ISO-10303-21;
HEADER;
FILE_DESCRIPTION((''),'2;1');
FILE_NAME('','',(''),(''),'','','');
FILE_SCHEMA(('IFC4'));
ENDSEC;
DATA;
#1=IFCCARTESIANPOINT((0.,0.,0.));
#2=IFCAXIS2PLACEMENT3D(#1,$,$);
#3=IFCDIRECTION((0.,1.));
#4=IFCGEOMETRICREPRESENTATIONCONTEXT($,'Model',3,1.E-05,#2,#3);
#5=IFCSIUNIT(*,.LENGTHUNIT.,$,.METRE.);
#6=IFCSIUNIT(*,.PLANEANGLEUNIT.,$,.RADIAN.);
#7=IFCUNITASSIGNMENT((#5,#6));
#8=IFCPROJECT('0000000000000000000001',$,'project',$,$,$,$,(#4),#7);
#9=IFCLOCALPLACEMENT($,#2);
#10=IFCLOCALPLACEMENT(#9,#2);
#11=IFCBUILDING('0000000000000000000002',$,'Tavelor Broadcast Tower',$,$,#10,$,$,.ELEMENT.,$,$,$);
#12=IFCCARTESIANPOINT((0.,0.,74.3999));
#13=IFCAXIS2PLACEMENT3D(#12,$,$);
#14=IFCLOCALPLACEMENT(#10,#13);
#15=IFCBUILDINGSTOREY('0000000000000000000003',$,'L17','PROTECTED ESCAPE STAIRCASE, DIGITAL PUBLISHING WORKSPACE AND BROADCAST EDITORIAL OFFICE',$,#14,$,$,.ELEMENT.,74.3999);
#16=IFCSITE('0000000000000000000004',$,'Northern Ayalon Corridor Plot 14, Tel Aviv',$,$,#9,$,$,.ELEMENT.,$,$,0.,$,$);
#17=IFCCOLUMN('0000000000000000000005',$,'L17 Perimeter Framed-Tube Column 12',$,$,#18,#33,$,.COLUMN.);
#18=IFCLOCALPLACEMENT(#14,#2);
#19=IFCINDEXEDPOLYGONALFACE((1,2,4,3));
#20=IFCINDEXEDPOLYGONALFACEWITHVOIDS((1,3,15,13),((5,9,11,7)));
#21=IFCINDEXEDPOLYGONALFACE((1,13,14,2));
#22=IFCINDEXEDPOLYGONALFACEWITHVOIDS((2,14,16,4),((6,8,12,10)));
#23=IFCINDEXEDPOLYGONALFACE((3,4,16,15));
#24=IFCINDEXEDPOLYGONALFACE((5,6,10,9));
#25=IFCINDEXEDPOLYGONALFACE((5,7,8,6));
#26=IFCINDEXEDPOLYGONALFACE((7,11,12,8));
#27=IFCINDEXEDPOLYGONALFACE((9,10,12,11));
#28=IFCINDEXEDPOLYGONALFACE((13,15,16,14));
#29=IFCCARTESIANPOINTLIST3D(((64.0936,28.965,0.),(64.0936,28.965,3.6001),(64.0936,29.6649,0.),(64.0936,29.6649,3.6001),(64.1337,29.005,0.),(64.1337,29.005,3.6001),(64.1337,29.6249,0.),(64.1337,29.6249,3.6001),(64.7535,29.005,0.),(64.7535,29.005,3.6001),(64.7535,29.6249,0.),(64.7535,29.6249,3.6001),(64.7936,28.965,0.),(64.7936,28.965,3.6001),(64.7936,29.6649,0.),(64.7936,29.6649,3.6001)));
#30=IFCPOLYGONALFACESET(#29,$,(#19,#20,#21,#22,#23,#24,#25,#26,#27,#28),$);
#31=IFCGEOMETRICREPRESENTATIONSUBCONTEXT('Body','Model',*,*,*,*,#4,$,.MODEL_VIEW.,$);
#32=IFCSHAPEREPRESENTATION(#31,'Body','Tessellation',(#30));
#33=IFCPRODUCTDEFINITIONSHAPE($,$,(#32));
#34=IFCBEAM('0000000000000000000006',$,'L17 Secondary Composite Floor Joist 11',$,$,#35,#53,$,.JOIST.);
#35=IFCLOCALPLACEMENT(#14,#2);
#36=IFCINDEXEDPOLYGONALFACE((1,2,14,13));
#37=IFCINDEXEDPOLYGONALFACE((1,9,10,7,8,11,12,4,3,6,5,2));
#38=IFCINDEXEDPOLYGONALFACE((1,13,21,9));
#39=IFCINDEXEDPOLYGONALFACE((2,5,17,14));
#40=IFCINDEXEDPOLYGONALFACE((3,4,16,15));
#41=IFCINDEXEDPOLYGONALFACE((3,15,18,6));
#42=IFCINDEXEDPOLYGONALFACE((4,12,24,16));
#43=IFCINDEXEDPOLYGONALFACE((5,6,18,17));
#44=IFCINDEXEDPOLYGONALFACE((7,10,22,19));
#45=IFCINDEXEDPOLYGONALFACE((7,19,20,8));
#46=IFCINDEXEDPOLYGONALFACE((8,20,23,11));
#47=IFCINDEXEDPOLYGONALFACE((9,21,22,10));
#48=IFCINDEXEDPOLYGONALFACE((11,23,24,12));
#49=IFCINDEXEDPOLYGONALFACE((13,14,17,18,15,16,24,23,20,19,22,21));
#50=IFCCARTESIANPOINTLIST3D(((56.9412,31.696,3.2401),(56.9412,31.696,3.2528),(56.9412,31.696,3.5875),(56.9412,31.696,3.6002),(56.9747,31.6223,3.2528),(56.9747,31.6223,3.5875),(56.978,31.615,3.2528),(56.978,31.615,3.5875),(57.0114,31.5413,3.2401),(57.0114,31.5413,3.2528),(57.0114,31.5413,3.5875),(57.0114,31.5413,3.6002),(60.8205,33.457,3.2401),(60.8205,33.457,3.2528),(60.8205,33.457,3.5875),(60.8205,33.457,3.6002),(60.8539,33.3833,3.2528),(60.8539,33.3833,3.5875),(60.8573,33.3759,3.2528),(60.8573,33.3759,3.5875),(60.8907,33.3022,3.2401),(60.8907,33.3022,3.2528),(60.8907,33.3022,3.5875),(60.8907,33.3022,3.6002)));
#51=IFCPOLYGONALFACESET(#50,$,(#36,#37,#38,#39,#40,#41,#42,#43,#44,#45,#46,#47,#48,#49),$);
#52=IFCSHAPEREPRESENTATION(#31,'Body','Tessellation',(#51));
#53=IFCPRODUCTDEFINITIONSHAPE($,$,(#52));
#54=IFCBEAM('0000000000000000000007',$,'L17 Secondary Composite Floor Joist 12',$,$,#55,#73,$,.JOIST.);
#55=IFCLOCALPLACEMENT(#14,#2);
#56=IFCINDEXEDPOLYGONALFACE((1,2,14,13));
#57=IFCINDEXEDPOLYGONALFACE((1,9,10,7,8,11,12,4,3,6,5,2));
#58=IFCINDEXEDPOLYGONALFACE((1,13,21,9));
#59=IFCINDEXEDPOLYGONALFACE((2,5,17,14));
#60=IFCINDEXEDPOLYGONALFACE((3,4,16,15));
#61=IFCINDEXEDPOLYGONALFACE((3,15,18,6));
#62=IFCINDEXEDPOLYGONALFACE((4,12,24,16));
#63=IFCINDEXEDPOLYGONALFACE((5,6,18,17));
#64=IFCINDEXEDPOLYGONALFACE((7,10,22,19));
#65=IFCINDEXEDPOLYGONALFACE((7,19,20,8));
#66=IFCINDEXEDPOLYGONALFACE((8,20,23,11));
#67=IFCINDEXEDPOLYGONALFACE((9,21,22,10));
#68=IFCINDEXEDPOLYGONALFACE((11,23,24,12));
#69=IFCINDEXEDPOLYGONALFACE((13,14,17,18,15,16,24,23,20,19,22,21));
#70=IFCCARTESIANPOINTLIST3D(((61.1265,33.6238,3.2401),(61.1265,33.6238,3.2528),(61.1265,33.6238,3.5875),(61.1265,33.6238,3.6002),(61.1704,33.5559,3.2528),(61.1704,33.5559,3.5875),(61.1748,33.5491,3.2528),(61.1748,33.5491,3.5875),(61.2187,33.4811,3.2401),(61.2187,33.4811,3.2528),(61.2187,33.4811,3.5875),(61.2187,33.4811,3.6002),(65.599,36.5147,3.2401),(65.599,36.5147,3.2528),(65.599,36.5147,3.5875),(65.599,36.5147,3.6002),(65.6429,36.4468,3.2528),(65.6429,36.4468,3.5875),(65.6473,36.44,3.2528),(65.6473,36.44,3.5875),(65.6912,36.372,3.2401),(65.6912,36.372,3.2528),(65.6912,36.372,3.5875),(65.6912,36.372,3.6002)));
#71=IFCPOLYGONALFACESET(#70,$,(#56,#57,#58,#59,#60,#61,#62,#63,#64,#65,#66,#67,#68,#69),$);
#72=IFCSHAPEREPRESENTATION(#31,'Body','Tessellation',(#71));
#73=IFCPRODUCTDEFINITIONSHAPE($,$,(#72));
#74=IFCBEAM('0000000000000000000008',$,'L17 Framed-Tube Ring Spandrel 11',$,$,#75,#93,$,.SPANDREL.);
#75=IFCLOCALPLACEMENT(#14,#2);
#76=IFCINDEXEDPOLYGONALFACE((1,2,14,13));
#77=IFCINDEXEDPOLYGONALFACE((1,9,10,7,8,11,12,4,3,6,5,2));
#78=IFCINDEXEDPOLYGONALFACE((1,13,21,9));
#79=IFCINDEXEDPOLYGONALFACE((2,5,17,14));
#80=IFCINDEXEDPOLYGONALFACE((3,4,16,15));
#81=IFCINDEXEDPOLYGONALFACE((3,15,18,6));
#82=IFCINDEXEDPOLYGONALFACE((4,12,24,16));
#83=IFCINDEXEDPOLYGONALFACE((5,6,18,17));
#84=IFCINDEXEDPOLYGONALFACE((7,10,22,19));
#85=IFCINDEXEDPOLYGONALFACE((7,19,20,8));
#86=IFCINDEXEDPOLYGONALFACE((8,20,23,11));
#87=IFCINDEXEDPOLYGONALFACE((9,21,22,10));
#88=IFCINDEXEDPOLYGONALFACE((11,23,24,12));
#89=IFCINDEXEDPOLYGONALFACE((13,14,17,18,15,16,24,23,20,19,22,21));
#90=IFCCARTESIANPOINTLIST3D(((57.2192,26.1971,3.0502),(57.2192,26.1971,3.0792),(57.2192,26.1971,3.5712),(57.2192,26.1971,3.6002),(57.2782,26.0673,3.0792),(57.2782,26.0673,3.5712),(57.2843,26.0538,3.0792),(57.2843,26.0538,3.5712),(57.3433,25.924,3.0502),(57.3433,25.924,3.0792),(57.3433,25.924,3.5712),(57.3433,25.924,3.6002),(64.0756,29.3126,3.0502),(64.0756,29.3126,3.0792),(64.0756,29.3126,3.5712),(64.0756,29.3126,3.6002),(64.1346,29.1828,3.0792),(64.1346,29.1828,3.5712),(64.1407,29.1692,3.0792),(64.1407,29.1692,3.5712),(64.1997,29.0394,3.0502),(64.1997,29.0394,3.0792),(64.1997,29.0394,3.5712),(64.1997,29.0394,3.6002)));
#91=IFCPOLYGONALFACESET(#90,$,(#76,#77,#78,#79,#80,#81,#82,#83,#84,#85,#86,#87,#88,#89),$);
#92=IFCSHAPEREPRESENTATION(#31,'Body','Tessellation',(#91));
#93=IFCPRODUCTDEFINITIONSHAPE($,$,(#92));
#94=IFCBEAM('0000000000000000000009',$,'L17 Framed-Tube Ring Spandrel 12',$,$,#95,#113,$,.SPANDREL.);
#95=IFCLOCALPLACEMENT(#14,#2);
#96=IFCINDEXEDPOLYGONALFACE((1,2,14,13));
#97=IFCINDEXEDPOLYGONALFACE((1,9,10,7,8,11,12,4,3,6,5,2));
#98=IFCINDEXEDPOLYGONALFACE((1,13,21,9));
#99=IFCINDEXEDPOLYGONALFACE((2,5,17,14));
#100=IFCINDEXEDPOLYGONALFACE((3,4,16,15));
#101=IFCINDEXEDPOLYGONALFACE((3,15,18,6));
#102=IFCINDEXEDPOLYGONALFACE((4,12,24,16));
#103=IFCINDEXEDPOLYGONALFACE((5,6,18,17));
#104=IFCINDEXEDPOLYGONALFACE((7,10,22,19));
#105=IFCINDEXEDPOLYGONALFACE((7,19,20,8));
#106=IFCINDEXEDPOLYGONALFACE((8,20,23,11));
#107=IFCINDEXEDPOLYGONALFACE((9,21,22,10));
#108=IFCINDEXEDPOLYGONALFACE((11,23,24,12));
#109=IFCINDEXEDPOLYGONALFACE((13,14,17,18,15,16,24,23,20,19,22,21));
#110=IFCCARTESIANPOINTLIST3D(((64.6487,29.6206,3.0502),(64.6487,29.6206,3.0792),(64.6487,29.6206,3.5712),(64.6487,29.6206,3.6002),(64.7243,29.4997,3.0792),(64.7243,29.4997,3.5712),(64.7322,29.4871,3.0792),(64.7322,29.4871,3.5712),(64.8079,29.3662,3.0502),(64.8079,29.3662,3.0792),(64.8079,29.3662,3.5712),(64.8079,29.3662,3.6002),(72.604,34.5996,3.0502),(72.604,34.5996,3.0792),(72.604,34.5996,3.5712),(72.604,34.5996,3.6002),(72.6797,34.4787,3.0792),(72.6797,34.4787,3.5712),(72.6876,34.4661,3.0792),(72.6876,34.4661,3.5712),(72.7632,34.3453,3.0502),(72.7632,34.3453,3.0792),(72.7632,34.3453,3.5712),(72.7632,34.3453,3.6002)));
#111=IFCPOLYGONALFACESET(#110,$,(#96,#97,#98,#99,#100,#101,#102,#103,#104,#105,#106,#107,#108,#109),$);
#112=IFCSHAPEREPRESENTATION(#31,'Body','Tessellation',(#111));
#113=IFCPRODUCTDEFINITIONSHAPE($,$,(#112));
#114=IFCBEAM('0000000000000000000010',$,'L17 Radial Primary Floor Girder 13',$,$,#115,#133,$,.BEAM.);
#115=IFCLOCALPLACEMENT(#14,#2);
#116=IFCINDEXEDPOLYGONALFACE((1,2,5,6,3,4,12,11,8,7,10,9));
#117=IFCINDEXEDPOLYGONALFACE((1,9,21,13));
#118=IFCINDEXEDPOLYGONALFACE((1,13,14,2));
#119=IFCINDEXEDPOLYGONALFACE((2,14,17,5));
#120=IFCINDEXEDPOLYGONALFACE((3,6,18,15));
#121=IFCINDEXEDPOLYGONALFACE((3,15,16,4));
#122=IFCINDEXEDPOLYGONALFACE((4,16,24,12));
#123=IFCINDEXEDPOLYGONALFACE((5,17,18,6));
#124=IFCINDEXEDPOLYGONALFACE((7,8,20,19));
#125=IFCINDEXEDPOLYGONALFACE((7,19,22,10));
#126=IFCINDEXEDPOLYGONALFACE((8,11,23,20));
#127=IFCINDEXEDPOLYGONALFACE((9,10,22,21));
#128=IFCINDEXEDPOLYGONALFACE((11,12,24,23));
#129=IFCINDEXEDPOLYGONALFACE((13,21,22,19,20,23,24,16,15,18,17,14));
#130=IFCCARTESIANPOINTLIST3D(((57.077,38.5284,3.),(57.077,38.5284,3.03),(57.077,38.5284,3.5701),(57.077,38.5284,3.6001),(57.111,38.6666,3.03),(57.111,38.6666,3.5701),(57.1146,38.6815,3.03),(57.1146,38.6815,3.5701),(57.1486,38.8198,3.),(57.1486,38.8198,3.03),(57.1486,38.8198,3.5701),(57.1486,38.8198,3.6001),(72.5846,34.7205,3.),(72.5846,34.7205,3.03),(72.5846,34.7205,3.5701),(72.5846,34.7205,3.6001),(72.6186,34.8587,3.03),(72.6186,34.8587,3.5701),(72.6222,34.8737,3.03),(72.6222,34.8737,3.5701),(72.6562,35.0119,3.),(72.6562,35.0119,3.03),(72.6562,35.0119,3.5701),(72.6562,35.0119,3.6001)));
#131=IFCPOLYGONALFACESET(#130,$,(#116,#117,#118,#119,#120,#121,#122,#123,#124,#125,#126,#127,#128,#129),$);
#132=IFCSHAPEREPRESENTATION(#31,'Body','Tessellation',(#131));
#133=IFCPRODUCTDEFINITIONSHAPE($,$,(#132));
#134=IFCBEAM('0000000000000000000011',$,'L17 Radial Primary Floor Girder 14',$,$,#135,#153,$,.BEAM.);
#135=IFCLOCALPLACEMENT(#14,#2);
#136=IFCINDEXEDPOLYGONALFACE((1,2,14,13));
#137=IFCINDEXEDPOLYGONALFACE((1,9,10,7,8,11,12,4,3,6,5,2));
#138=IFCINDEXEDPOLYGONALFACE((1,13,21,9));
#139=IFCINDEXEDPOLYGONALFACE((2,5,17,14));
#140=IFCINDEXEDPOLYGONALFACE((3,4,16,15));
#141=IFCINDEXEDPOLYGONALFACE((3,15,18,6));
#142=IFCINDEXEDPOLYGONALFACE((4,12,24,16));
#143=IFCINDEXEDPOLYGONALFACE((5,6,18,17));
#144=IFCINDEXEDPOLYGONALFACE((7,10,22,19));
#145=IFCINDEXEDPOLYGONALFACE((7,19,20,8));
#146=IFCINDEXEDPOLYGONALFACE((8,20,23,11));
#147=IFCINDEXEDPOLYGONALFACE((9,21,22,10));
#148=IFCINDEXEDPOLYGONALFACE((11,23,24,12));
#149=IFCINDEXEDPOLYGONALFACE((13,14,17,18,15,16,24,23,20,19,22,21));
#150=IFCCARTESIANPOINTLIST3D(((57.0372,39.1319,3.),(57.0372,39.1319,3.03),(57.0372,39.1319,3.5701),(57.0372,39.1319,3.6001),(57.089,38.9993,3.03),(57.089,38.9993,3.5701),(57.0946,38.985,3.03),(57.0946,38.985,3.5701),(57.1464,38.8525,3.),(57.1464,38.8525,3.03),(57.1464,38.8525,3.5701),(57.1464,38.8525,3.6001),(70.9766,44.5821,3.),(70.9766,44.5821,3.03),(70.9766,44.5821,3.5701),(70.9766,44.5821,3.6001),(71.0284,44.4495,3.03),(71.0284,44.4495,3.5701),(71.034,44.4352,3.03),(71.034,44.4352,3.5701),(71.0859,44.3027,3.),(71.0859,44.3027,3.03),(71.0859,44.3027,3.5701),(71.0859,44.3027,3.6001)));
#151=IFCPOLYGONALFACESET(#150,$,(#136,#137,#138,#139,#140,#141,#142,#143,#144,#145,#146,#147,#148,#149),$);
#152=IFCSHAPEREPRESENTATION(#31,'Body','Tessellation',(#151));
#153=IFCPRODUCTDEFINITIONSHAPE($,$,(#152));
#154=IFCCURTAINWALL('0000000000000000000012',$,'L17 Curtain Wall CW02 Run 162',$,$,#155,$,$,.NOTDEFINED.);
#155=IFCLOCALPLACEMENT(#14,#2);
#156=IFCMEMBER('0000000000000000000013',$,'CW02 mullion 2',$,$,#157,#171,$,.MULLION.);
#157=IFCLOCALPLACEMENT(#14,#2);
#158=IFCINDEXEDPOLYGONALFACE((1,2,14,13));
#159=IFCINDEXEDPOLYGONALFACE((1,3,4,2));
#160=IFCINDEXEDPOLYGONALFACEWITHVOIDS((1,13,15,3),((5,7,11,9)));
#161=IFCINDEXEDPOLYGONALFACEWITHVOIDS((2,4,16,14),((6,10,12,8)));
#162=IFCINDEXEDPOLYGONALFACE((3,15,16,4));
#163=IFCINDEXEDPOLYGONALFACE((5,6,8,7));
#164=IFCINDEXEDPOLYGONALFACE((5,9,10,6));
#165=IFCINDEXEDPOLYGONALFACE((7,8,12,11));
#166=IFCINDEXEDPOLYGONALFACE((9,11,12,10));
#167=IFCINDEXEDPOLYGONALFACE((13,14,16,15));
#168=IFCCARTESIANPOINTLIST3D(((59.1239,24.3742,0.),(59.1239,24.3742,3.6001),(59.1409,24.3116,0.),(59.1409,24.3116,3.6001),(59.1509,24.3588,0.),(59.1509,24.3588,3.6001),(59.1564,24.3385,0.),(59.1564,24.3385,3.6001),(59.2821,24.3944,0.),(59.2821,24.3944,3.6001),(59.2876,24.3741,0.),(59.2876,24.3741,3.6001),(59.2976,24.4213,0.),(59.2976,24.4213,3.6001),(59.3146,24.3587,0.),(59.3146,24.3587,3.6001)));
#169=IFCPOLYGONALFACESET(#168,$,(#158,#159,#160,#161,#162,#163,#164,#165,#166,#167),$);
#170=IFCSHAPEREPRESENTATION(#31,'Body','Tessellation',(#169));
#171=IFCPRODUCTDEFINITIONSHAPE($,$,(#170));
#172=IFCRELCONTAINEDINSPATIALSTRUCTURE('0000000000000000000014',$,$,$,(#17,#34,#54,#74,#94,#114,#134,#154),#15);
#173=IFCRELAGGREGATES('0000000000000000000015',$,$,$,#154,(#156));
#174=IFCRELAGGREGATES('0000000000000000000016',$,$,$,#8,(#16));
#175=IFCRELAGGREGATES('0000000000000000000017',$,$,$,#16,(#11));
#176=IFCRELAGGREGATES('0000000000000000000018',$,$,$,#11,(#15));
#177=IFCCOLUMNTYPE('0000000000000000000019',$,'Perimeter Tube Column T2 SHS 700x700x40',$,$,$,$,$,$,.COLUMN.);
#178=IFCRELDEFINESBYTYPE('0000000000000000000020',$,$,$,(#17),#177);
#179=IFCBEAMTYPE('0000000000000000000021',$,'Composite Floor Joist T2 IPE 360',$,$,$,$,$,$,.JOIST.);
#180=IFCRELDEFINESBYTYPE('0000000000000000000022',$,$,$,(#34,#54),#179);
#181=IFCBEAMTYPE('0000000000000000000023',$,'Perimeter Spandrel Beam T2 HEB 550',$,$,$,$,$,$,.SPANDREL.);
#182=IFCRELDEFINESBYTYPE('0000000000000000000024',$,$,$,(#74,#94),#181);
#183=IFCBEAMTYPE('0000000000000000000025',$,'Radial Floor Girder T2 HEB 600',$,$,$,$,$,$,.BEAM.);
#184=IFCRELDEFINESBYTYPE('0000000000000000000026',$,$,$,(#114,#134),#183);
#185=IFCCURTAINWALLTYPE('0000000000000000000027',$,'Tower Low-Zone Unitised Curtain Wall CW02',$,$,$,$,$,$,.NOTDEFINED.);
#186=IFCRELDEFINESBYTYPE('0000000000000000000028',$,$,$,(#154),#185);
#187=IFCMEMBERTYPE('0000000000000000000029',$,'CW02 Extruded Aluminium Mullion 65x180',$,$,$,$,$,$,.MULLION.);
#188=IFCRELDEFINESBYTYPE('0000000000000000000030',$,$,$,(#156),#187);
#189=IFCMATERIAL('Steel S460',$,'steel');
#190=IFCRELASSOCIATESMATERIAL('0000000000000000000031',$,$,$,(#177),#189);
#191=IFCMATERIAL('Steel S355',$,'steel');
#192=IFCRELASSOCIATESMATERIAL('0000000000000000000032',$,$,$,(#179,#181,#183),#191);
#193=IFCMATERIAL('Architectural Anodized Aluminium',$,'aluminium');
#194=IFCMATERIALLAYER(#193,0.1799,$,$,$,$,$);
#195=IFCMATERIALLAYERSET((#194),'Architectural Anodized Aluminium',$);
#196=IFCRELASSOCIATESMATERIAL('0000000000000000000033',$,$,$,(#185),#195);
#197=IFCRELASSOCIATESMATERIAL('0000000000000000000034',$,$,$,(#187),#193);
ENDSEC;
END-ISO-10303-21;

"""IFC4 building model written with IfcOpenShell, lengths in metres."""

from ifc_helpers import new_model, si_unit, direction, frame, origin, origin_2d, place, context, subcontext, project, spatial, hollow_rectangle, i_section, extrude, source, transform, mapped, material, layer, layer_set, material_profile, profile_set, type_object, type_shapes, element, aggregate, save


model = new_model("IFC4")

# Units and contexts
model_context = context("Model", 3, precision=1e-05, world=origin(), true_north=direction((0.0, 1.0)))
body_context = subcontext(model_context, "Body", "Model", "MODEL_VIEW")
ifc_project = project(units=[si_unit("LENGTHUNIT", "METRE"), si_unit("PLANEANGLEUNIT", "RADIAN")], contexts=[model_context])

# Site, building, storey
site_placement = place(None, origin())
site = spatial("IfcSite", under=ifc_project, at=site_placement, Name="Northern Ayalon Corridor Plot 14, Tel Aviv", CompositionType="ELEMENT", RefElevation=0.0)
building_placement = place(site_placement, origin())
building = spatial("IfcBuilding", under=site, at=building_placement, Name="Tavelor Broadcast Tower", CompositionType="ELEMENT")
storey_placement = place(building_placement, frame((0.0, 0.0, 74.3999)))
storey = spatial("IfcBuildingStorey", under=building, at=storey_placement, Name="L17", Description="PROTECTED ESCAPE STAIRCASE, DIGITAL PUBLISHING WORKSPACE AND BROADCAST EDITORIAL OFFICE", CompositionType="ELEMENT", Elevation=74.3999)

# Column
ifc_material_1 = material(Name="Steel S460", Category="steel")
ifc_material_profile_1 = material_profile(ifc_material_1, hollow_rectangle(XDim=0.7, YDim=0.7, WallThickness=0.04, at=origin_2d()), Name="SHS 700x700x40")
ifc_profile_set_1 = profile_set([ifc_material_profile_1], Name="Steel S460")
column_type = type_object("IfcColumnType", Name="Perimeter Tube Column T2 SHS 700x700x40", PredefinedType="COLUMN", material=ifc_profile_set_1)
column_placement = place(storey_placement, frame((64.4436, 29.3149, 0.0), z_axis=(0.0, 0.0, 1.0), x_axis=(1.0, 0.0, 0.0)))
element("IfcColumn", 1, at=column_placement, inside=storey, type_object=column_type, Name="L17 Perimeter Framed-Tube Column 12", PredefinedType="COLUMN", context=body_context, shape_type="SweptSolid", body=[
    extrude(hollow_rectangle(XDim=0.7, YDim=0.7, WallThickness=0.04, at=origin_2d()), origin(), (0.0, 0.0, 1.0), 3.6001),
])

# Beams
ifc_material_2 = material(Name="Steel S355", Category="steel")
ifc_material_profile_2 = material_profile(ifc_material_2, i_section(OverallWidth=0.1699, OverallDepth=0.3601, WebThickness=0.0081, FlangeThickness=0.0127, at=origin_2d()), Name="IPE 360")
ifc_profile_set_2 = profile_set([ifc_material_profile_2], Name="Steel S355")
beam_type_1 = type_object("IfcBeamType", Name="Composite Floor Joist T2 IPE 360", PredefinedType="JOIST", material=ifc_profile_set_2)
beam_1_placement = place(storey_placement, frame((56.9763, 31.6187, 3.4202), z_axis=(0.910576, 0.413341, 0.0), x_axis=(-0.413341, 0.910576, 0.0)))
element("IfcBeam", 2, at=beam_1_placement, inside=storey, type_object=beam_type_1, Name="L17 Secondary Composite Floor Joist 11", PredefinedType="JOIST", context=body_context, shape_type="SweptSolid", body=[
    extrude(i_section(OverallWidth=0.1699, OverallDepth=0.3601, WebThickness=0.0081, FlangeThickness=0.0127, at=origin_2d()), origin(), (0.0, 0.0, 1.0), 4.2603),
])
beam_2_placement = place(storey_placement, frame((61.1726, 33.5525, 3.4202), z_axis=(0.839831, 0.542848, 0.0), x_axis=(-0.542848, 0.839831, 0.0)))
element("IfcBeam", 3, at=beam_2_placement, inside=storey, type_object=beam_type_1, Name="L17 Secondary Composite Floor Joist 12", PredefinedType="JOIST", context=body_context, shape_type="SweptSolid", body=[
    extrude(i_section(OverallWidth=0.1699, OverallDepth=0.3601, WebThickness=0.0081, FlangeThickness=0.0127, at=origin_2d()), origin(), (0.0, 0.0, 1.0), 5.3254),
])
ifc_material_profile_3 = material_profile(ifc_material_2, i_section(OverallWidth=0.3, OverallDepth=0.55, WebThickness=0.0149, FlangeThickness=0.0291, at=origin_2d()), Name="HEB 550")
ifc_profile_set_3 = profile_set([ifc_material_profile_3], Name="Steel S355")
beam_type_2 = type_object("IfcBeamType", Name="Perimeter Spandrel Beam T2 HEB 550", PredefinedType="SPANDREL", material=ifc_profile_set_3)
beam_3_placement = place(storey_placement, frame((57.2812, 26.0605, 3.3252), z_axis=(0.910421, 0.413683, 0.0), x_axis=(-0.413683, 0.910421, 0.0)))
element("IfcBeam", 4, at=beam_3_placement, inside=storey, type_object=beam_type_2, Name="L17 Framed-Tube Ring Spandrel 11", PredefinedType="SPANDREL", context=body_context, shape_type="SweptSolid", body=[
    extrude(i_section(OverallWidth=0.3, OverallDepth=0.55, WebThickness=0.0149, FlangeThickness=0.0291, at=origin_2d()), origin(), (0.0, 0.0, 1.0), 7.531),
])
beam_4_placement = place(storey_placement, frame((64.7283, 29.4934, 3.3252), z_axis=(0.847666, 0.53053, 0.0), x_axis=(-0.53053, 0.847666, 0.0)))
element("IfcBeam", 5, at=beam_4_placement, inside=storey, type_object=beam_type_2, Name="L17 Framed-Tube Ring Spandrel 12", PredefinedType="SPANDREL", context=body_context, shape_type="SweptSolid", body=[
    extrude(i_section(OverallWidth=0.3, OverallDepth=0.55, WebThickness=0.0149, FlangeThickness=0.0291, at=origin_2d()), origin(), (0.0, 0.0, 1.0), 9.385),
])
ifc_material_profile_4 = material_profile(ifc_material_2, i_section(OverallWidth=0.3, OverallDepth=0.6001, WebThickness=0.0154, FlangeThickness=0.03, at=origin_2d()), Name="HEB 600")
ifc_profile_set_4 = profile_set([ifc_material_profile_4], Name="Steel S355")
beam_type_3 = type_object("IfcBeamType", Name="Radial Floor Girder T2 HEB 600", PredefinedType="BEAM", material=ifc_profile_set_4)
beam_5_placement = place(storey_placement, frame((57.1128, 38.6741, 3.3), z_axis=(0.971151, -0.238465, 0.0), x_axis=(0.238465, 0.971151, 0.0)))
element("IfcBeam", 6, at=beam_5_placement, inside=storey, type_object=beam_type_3, Name="L17 Radial Primary Floor Girder 13", PredefinedType="BEAM", context=body_context, shape_type="SweptSolid", body=[
    extrude(i_section(OverallWidth=0.3, OverallDepth=0.6001, WebThickness=0.0154, FlangeThickness=0.03, at=origin_2d()), origin(), (0.0, 0.0, 1.0), 15.9683),
])
beam_6_placement = place(storey_placement, frame((57.0918, 38.9922, 3.3), z_axis=(0.931342, 0.364146, 0.0), x_axis=(-0.364146, 0.931342, 0.0)))
element("IfcBeam", 7, at=beam_6_placement, inside=storey, type_object=beam_type_3, Name="L17 Radial Primary Floor Girder 14", PredefinedType="BEAM", context=body_context, shape_type="SweptSolid", body=[
    extrude(i_section(OverallWidth=0.3, OverallDepth=0.6001, WebThickness=0.0154, FlangeThickness=0.03, at=origin_2d()), origin(), (0.0, 0.0, 1.0), 14.967),
])

# Curtain wall, member
ifc_material_3 = material(Name="Architectural Anodized Aluminium", Category="aluminium")
ifc_layer_1 = layer(ifc_material_3, 0.1799)
ifc_layer_set_1 = layer_set([ifc_layer_1], Name="Architectural Anodized Aluminium")
curtain_wall_type = type_object("IfcCurtainWallType", Name="Tower Low-Zone Unitised Curtain Wall CW02", PredefinedType="NOTDEFINED", material=ifc_layer_set_1)
curtain_wall_1_placement = place(storey_placement, origin())
curtain_wall_1 = element("IfcCurtainWall", 8, at=curtain_wall_1_placement, inside=storey, type_object=curtain_wall_type, Name="L17 Curtain Wall CW02 Run 162", PredefinedType="NOTDEFINED")
ifc_material_profile_5 = material_profile(ifc_material_3, hollow_rectangle(XDim=0.0649, YDim=0.1799, WallThickness=0.022, at=origin_2d()), Name="RHS 65x180x22")
ifc_profile_set_5 = profile_set([ifc_material_profile_5], Name="Architectural Anodized Aluminium")
member_type_1 = type_object("IfcMemberType", Name="CW02 Extruded Aluminium Mullion 65x180", PredefinedType="MULLION", material=ifc_profile_set_5)
shared_shape_1 = source(origin(), body_context, "Body", "SweptSolid", [
    extrude(hollow_rectangle(XDim=0.0649, YDim=0.1799, WallThickness=0.022, at=origin_2d()), origin(), (0.0, 0.0, 1.0), 3.6001),
])
type_shapes(member_type_1, [shared_shape_1])
member_1_placement = place(storey_placement, frame((59.2192, 24.3665, 0.0), z_axis=(0.0, 0.0, 1.0), x_axis=(-0.26177, 0.96513, 0.0)))
member_1 = element("IfcMember", 9, at=member_1_placement, type_object=member_type_1, Name="CW02 mullion 2", PredefinedType="MULLION", context=body_context, shape_type="MappedRepresentation", body=[
    mapped(shared_shape_1, transform((0.0, 0.0, 0.0), scale=1.0)),
])
aggregate(curtain_wall_1, [member_1])

save(model, "model.ifc")
